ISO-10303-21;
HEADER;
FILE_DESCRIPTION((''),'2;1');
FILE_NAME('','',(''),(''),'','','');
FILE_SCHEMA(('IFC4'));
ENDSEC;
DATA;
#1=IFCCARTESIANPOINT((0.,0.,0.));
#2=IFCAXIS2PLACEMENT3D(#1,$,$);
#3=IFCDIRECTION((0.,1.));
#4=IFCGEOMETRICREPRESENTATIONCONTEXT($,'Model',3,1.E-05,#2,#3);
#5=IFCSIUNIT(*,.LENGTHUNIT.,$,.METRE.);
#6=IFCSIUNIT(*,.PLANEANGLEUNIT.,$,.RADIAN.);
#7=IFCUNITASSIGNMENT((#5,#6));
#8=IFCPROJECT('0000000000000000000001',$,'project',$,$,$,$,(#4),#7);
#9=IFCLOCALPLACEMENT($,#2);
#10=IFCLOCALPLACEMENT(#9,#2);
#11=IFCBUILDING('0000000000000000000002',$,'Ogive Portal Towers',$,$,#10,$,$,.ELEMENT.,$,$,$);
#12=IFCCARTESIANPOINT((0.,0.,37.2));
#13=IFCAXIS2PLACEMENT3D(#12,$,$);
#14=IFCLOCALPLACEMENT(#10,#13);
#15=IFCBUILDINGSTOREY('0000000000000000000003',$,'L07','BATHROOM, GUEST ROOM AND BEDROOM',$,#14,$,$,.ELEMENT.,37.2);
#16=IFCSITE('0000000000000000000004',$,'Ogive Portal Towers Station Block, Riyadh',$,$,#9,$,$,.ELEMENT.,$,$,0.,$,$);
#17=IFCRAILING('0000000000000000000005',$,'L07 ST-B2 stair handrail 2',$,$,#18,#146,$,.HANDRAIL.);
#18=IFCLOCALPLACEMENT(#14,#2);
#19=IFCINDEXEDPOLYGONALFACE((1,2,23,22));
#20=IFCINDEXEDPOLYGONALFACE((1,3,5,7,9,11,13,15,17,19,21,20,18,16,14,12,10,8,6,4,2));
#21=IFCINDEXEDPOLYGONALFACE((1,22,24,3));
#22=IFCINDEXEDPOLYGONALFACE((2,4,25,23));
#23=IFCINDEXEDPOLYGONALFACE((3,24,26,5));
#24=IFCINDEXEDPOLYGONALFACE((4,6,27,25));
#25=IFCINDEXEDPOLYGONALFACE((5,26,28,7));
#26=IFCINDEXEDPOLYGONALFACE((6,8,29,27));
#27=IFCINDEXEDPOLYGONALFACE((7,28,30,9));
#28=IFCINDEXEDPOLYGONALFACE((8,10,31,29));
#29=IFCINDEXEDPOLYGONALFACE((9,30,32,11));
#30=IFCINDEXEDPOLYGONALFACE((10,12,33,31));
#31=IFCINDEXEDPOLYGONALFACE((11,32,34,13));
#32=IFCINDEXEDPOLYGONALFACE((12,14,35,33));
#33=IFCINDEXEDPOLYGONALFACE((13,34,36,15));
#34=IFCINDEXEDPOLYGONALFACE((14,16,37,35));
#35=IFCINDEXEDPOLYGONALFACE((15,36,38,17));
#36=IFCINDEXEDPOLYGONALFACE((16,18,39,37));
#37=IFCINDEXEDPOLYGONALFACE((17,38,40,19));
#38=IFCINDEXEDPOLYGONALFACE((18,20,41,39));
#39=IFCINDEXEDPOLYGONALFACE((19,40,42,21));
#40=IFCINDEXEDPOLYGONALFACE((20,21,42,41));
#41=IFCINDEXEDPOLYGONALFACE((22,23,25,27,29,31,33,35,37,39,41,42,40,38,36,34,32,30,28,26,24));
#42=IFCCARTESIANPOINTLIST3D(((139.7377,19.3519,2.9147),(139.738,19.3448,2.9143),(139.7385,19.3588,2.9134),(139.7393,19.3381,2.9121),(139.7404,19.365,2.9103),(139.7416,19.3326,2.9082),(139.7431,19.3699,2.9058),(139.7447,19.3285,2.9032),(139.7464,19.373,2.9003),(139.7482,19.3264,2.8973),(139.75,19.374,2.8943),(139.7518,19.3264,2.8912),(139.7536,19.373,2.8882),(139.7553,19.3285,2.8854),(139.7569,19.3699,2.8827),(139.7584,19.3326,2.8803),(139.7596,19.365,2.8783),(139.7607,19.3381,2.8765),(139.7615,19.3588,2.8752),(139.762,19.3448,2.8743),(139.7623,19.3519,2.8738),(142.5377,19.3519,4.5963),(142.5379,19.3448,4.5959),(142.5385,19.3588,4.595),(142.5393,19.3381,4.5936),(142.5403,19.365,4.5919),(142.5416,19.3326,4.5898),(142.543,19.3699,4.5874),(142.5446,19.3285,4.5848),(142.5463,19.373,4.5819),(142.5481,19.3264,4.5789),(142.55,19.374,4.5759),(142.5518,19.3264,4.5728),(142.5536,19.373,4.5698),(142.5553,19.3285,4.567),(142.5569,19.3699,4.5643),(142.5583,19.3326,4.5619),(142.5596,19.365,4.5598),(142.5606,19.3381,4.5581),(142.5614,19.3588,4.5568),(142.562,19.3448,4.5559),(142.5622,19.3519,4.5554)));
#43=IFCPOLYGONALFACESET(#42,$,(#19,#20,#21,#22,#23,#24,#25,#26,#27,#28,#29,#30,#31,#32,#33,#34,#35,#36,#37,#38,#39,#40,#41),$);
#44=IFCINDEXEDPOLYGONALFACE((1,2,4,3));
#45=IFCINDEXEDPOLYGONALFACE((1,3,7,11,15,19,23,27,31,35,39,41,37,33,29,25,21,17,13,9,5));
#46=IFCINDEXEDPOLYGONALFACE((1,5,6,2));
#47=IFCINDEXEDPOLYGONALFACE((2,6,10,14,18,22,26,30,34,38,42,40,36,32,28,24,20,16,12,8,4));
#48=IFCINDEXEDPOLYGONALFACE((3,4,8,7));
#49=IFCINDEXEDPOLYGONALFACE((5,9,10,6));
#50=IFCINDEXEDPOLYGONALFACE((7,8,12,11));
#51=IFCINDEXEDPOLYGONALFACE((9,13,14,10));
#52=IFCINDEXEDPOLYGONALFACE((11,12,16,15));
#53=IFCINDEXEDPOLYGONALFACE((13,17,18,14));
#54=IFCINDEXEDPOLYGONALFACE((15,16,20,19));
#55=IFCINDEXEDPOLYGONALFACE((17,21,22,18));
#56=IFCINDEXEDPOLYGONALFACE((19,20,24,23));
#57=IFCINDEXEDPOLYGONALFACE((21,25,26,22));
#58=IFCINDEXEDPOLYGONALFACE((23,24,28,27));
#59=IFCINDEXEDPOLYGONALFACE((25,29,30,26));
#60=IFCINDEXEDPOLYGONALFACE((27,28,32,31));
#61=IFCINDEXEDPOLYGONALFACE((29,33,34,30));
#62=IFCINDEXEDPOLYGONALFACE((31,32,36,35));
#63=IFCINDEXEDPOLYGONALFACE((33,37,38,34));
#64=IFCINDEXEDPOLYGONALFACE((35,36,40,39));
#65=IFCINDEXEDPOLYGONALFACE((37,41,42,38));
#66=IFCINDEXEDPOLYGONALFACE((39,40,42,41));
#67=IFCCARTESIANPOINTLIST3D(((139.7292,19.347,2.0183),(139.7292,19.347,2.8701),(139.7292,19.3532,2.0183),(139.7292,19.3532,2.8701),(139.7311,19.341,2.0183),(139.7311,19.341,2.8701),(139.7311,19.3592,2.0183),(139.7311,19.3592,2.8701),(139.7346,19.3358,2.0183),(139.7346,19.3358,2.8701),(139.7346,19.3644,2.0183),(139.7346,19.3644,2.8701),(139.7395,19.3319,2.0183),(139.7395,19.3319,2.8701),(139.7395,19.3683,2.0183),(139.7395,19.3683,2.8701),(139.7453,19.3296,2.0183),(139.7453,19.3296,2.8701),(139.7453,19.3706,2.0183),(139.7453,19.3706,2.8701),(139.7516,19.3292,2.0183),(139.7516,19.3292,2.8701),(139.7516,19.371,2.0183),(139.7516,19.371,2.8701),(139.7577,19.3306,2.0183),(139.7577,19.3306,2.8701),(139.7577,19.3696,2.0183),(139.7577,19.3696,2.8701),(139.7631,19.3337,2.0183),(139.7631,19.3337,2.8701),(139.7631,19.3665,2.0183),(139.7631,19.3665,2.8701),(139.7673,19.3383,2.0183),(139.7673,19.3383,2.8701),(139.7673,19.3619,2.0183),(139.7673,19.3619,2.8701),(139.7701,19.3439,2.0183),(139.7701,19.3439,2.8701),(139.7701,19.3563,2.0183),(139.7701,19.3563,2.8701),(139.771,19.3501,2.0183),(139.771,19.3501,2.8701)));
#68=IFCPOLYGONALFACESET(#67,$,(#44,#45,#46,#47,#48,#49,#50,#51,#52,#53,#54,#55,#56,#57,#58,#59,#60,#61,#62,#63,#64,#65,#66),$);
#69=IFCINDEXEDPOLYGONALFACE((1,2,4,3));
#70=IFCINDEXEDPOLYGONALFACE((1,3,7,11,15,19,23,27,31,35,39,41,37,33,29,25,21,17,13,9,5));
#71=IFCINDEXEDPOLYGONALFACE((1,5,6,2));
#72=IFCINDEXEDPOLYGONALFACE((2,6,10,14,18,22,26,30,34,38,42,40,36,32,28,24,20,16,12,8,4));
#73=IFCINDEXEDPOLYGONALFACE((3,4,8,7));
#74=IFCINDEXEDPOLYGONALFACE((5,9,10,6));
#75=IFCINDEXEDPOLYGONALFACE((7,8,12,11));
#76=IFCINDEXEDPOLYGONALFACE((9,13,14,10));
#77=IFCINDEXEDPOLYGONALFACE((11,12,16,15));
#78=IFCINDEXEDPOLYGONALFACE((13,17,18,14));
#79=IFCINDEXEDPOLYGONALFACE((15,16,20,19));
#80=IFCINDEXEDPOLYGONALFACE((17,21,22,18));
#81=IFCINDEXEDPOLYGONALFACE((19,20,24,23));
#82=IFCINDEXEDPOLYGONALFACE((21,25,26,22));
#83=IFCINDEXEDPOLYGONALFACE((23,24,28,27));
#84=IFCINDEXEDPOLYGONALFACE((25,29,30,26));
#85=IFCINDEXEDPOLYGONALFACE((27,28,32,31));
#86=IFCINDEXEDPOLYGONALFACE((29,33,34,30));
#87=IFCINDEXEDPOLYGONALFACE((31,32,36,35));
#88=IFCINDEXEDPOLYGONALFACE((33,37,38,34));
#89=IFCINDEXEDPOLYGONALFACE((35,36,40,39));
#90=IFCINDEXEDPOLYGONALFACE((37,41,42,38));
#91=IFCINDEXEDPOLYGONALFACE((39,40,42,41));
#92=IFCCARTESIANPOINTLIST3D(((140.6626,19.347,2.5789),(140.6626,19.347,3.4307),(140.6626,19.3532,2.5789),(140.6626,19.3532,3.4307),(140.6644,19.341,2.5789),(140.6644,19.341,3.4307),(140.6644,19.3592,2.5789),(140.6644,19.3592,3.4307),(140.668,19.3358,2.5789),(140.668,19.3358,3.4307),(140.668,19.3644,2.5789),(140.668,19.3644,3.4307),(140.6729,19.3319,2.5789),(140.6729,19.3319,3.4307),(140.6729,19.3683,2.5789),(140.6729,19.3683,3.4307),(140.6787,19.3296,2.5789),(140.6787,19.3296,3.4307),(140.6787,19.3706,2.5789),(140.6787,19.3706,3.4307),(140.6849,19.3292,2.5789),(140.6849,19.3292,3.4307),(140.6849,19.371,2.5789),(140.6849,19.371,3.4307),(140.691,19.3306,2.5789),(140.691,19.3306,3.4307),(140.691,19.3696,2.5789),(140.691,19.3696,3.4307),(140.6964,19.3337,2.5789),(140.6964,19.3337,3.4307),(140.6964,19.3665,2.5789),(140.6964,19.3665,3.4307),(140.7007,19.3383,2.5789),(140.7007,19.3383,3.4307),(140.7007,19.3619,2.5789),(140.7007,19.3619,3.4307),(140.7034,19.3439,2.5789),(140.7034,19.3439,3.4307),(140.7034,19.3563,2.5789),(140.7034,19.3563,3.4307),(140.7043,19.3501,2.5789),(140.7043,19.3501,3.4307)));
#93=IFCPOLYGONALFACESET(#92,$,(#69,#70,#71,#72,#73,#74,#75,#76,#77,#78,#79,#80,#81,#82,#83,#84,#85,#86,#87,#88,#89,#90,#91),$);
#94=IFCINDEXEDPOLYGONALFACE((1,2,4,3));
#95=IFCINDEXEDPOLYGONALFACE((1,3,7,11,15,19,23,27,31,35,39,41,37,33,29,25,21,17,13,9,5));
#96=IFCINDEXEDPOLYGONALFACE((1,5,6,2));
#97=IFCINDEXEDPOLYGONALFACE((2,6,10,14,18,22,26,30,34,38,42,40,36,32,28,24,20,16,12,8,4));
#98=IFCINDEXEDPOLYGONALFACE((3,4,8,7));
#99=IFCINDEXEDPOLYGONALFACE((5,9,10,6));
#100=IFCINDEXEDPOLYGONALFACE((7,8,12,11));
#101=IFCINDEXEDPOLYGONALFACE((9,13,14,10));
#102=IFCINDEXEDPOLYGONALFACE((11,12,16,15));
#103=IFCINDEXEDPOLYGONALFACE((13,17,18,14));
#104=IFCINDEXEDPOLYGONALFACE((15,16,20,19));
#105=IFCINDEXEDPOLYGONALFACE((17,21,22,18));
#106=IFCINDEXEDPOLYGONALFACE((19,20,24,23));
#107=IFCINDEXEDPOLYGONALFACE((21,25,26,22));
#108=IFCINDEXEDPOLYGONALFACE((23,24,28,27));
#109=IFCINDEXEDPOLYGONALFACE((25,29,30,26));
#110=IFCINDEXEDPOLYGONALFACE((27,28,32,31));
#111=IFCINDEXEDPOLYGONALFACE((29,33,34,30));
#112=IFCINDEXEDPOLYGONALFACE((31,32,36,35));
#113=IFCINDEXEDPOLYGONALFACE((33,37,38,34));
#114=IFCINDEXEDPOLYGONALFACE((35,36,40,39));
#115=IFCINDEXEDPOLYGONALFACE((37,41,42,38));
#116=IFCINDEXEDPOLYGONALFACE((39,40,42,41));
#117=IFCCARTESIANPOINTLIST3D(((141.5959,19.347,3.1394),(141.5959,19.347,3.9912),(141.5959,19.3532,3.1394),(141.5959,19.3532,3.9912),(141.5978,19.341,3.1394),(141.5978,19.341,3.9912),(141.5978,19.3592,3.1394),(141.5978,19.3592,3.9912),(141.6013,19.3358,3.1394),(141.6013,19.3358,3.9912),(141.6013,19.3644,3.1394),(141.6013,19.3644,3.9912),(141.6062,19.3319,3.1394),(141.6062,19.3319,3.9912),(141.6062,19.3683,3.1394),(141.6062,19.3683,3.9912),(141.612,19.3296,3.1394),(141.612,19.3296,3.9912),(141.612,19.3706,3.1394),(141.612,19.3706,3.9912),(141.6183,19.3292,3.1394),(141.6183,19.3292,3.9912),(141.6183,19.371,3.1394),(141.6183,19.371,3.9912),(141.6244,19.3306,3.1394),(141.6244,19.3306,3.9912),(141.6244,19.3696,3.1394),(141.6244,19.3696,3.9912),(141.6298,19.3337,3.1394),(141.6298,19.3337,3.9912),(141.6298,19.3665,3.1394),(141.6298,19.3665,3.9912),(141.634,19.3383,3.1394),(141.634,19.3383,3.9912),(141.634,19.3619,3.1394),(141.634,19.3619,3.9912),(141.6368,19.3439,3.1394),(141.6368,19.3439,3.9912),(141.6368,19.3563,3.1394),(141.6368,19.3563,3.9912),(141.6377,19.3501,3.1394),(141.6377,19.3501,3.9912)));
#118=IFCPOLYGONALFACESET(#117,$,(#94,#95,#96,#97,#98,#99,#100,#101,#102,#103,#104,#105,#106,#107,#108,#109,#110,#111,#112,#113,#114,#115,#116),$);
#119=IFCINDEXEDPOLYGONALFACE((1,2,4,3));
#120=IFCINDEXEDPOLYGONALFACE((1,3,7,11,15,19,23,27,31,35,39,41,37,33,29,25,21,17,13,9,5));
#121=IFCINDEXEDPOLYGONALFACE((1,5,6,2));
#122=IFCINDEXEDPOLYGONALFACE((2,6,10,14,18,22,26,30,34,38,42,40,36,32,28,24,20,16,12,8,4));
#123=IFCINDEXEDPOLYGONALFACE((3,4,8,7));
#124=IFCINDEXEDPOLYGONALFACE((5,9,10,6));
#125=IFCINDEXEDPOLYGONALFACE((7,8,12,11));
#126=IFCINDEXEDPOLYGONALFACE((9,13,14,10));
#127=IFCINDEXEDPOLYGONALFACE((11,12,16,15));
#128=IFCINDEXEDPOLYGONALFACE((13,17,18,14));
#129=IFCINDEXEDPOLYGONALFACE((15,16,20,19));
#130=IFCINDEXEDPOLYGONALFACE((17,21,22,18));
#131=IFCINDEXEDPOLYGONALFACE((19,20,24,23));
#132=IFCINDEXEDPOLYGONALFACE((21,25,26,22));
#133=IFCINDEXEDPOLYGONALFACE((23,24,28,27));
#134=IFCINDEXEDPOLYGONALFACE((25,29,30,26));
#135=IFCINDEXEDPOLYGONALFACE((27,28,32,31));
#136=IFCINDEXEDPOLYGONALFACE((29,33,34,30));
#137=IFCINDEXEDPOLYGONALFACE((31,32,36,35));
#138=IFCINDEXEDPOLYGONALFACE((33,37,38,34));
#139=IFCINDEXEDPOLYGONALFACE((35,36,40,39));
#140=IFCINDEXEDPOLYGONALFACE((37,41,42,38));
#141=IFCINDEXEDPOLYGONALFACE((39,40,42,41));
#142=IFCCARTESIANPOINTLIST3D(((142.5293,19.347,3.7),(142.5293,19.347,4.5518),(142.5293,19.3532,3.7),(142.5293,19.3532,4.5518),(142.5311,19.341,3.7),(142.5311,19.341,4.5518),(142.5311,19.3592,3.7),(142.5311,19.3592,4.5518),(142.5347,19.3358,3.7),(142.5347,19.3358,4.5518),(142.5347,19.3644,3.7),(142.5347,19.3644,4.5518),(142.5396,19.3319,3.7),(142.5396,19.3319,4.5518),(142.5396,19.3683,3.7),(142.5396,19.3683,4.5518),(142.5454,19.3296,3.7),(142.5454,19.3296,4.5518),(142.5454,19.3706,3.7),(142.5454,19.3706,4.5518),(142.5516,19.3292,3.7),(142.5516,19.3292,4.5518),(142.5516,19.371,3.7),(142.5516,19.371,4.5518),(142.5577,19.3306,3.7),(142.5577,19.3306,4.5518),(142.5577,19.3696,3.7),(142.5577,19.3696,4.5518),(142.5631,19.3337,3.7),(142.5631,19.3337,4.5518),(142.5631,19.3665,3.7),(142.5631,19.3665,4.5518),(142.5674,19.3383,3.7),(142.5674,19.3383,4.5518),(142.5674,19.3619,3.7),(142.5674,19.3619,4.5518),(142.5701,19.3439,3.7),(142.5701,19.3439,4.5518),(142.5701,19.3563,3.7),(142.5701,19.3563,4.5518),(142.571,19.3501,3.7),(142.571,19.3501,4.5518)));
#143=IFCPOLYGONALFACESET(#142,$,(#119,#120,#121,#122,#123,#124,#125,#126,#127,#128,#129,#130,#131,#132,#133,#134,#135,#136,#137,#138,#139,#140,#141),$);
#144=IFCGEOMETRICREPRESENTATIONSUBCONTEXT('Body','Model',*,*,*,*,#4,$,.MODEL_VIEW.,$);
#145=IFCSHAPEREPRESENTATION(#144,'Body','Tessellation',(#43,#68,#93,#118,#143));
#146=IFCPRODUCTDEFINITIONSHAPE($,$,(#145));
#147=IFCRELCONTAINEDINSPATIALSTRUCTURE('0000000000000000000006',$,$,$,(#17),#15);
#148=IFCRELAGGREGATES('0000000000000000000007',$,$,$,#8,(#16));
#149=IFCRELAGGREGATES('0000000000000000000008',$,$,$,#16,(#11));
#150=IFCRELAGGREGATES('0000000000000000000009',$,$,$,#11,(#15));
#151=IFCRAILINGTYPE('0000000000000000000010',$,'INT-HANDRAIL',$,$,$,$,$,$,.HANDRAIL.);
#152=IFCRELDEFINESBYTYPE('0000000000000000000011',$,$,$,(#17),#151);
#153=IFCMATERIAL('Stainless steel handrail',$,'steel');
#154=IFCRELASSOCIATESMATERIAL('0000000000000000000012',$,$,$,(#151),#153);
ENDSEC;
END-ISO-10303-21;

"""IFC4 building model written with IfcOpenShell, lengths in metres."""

from ifc_helpers import new_model, si_unit, direction, frame, origin, origin_2d, place, context, subcontext, project, spatial, circle, extrude, material, type_object, element, save


model = new_model("IFC4")

# Units and contexts
model_context = context("Model", 3, precision=1e-05, world=origin(), true_north=direction((0.0, 1.0)))
body_context = subcontext(model_context, "Body", "Model", "MODEL_VIEW")
ifc_project = project(units=[si_unit("LENGTHUNIT", "METRE"), si_unit("PLANEANGLEUNIT", "RADIAN")], contexts=[model_context])

# Site, building, storey
site_placement = place(None, origin())
site = spatial("IfcSite", under=ifc_project, at=site_placement, Name="Ogive Portal Towers Station Block, Riyadh", CompositionType="ELEMENT", RefElevation=0.0)
building_placement = place(site_placement, origin())
building = spatial("IfcBuilding", under=site, at=building_placement, Name="Ogive Portal Towers", CompositionType="ELEMENT")
storey_placement = place(building_placement, frame((0.0, 0.0, 37.2)))
storey = spatial("IfcBuildingStorey", under=building, at=storey_placement, Name="L07", Description="BATHROOM, GUEST ROOM AND BEDROOM", CompositionType="ELEMENT", Elevation=37.2)

# Railing
ifc_material_1 = material(Name="Stainless steel handrail", Category="steel")
railing_type_1 = type_object("IfcRailingType", Name="INT-HANDRAIL", PredefinedType="HANDRAIL", material=ifc_material_1)
railing_1_placement = place(storey_placement, frame((139.75, 19.3501, 2.0183)))
element("IfcRailing", 1, at=railing_1_placement, inside=storey, type_object=railing_type_1, Name="L07 ST-B2 stair handrail 2", PredefinedType="HANDRAIL", context=body_context, shape_type="SweptSolid", body=[
    extrude(circle(Radius=0.0239, at=origin_2d()), frame((0.0, 0.0, 0.876), z_axis=(0.857275, 0.0, 0.514858), x_axis=(0.0, 1.0, 0.0)), (0.0, 0.0, 1.0), 3.2661),
    extrude(circle(Radius=0.021, at=origin_2d()), origin(), (0.0, 0.0, 1.0), 0.8518),
    extrude(circle(Radius=0.021, at=origin_2d()), frame((0.9333, 0.0, 0.5605)), (0.0, 0.0, 1.0), 0.8518),
    extrude(circle(Radius=0.021, at=origin_2d()), frame((1.8667, 0.0, 1.1211)), (0.0, 0.0, 1.0), 0.8518),
    extrude(circle(Radius=0.021, at=origin_2d()), frame((2.8, 0.0, 1.6816)), (0.0, 0.0, 1.0), 0.8518),
])

save(model, "model.ifc")
